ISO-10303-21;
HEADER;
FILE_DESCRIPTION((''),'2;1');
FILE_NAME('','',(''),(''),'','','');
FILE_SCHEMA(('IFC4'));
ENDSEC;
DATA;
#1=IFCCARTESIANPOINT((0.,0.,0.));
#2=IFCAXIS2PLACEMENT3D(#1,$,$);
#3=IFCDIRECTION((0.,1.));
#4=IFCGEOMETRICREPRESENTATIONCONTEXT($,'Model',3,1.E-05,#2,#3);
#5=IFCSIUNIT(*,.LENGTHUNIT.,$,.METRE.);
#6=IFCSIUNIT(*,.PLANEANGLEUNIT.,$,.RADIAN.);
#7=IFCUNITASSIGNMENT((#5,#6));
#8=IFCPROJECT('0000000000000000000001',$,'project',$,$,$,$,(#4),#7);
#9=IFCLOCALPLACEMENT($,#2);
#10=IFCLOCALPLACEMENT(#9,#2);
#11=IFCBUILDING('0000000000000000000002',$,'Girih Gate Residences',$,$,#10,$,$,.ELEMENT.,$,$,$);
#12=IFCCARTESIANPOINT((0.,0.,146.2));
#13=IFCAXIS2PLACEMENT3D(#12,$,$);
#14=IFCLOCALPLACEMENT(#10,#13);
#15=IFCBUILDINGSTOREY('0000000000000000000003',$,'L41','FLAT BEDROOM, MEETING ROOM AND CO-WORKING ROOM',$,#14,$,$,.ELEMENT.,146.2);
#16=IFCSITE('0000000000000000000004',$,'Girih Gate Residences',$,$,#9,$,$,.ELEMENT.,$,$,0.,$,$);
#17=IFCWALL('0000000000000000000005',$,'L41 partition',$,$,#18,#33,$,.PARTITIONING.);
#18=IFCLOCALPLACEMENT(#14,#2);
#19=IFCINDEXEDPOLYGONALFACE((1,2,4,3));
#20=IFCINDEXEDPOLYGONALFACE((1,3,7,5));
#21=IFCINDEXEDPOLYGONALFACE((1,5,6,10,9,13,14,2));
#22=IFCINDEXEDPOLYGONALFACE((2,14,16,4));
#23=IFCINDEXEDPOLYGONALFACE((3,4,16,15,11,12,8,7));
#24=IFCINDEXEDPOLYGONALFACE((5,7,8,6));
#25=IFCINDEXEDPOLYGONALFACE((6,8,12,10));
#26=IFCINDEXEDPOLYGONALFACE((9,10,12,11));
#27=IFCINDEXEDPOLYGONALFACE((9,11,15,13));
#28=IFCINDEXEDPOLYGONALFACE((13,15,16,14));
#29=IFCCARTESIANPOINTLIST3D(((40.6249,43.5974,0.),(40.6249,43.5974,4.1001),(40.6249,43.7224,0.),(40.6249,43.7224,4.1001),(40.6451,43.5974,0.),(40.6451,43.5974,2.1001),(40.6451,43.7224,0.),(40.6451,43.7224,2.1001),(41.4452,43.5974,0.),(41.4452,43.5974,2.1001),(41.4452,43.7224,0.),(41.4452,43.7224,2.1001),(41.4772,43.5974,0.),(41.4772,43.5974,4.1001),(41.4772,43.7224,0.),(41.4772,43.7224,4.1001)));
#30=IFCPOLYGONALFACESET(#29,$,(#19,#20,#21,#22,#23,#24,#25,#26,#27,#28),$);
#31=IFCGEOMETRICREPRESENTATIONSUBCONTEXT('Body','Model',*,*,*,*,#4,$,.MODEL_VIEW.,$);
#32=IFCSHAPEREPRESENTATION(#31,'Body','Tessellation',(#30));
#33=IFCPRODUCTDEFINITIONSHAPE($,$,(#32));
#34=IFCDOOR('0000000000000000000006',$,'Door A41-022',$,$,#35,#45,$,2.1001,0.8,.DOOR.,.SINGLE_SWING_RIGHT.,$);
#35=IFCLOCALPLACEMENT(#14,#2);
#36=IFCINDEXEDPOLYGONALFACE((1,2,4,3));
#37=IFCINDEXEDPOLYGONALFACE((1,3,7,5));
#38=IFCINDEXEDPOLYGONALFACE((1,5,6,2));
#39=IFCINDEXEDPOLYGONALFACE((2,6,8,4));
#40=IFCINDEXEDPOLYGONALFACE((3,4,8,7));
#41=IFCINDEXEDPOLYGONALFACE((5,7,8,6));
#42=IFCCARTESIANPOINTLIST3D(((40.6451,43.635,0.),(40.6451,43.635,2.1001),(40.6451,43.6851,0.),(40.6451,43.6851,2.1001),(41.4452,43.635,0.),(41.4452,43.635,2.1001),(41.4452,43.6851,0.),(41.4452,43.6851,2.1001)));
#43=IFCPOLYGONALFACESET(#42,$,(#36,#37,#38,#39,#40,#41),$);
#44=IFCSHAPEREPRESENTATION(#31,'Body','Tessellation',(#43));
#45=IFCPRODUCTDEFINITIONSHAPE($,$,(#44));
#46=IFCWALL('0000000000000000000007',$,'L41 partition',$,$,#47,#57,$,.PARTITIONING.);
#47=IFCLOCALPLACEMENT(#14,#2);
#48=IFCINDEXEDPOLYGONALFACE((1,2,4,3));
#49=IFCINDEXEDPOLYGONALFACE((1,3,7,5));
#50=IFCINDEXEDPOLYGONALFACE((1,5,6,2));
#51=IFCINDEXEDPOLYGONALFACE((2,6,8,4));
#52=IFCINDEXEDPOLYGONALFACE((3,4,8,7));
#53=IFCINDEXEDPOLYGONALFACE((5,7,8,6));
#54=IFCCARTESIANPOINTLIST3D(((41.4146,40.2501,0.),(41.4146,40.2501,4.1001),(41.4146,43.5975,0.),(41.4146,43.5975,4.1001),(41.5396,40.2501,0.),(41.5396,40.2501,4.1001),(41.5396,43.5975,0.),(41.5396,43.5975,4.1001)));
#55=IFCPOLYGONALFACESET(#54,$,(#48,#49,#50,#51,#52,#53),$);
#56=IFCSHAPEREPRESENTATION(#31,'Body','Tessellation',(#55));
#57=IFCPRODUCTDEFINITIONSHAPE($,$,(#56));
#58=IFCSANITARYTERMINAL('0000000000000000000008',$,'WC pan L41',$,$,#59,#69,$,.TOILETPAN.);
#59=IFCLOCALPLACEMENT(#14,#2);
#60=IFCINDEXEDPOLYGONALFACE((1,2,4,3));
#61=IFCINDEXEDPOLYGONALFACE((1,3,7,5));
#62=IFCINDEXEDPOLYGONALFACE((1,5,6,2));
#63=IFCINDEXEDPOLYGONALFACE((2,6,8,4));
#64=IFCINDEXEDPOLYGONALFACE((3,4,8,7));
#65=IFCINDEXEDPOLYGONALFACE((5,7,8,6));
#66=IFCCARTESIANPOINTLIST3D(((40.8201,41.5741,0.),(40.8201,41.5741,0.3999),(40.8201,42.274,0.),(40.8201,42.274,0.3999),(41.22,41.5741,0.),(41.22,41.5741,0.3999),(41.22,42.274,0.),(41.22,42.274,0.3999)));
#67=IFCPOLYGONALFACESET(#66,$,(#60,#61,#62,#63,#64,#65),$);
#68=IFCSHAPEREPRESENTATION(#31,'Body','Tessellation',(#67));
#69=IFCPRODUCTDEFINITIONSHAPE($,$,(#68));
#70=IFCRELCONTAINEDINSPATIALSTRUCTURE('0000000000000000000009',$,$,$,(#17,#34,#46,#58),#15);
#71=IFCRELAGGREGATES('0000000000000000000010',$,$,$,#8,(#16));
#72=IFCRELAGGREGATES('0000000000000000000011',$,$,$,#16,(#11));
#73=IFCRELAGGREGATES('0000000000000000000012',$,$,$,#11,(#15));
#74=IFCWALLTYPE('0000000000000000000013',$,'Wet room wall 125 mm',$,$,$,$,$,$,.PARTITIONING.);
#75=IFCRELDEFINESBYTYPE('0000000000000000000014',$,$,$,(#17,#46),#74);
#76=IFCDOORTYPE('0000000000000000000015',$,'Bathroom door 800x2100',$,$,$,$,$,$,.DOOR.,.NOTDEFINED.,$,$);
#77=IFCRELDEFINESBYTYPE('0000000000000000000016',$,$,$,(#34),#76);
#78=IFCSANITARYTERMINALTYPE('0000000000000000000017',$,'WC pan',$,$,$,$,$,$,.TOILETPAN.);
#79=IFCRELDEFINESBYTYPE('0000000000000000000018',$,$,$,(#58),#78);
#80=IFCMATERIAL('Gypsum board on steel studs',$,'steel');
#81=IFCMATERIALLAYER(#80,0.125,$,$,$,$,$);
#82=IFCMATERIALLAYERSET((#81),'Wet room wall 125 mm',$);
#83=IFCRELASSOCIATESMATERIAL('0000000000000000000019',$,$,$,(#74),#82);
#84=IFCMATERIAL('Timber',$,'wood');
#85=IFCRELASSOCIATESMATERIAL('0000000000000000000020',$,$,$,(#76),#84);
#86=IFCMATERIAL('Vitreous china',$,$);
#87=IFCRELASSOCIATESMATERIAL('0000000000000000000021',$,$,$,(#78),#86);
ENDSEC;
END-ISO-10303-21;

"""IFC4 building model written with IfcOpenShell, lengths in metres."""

from ifc_helpers import new_model, si_unit, direction, frame, frame_2d, origin, origin_2d, place, context, subcontext, project, spatial, rectangle, extrude, material, layer, layer_set, type_object, element, fill, save


model = new_model("IFC4")

# Units and contexts
model_context = context("Model", 3, precision=1e-05, world=origin(), true_north=direction((0.0, 1.0)))
body_context = subcontext(model_context, "Body", "Model", "MODEL_VIEW")
ifc_project = project(units=[si_unit("LENGTHUNIT", "METRE"), si_unit("PLANEANGLEUNIT", "RADIAN")], contexts=[model_context])

# Site, building, storey
site_placement = place(None, origin())
site = spatial("IfcSite", under=ifc_project, at=site_placement, Name="Girih Gate Residences", CompositionType="ELEMENT", RefElevation=0.0)
building_placement = place(site_placement, origin())
building = spatial("IfcBuilding", under=site, at=building_placement, Name="Girih Gate Residences", CompositionType="ELEMENT")
storey_placement = place(building_placement, frame((0.0, 0.0, 146.2)))
storey = spatial("IfcBuildingStorey", under=building, at=storey_placement, Name="L41", Description="FLAT BEDROOM, MEETING ROOM AND CO-WORKING ROOM", CompositionType="ELEMENT", Elevation=146.2)

# Shared definitions
ifc_material_1 = material(Name="Gypsum board on steel studs", Category="steel")

# Shared definitions
ifc_material_2 = material(Name="Timber", Category="wood")

# Wall, opening, door
ifc_layer_1 = layer(ifc_material_1, 0.125)
ifc_layer_set_1 = layer_set([ifc_layer_1], Name="Wet room wall 125 mm")
wall_type_1 = type_object("IfcWallType", Name="Wet room wall 125 mm", PredefinedType="PARTITIONING", material=ifc_layer_set_1)
wall_1_placement = place(storey_placement, frame((41.4773, 43.6599, 0.0), z_axis=(0.0, 0.0, 1.0), x_axis=(-1.0, 0.0, 0.0)))
wall_1 = element("IfcWall", 1, at=wall_1_placement, inside=storey, type_object=wall_type_1, Name="L41 partition", PredefinedType="PARTITIONING", context=body_context, shape_type="SweptSolid", body=[
    extrude(rectangle(XDim=0.8523, YDim=0.125, at=frame_2d((0.4263, 0.0))), origin(), (0.0, 0.0, 1.0), 4.1001),
])
opening_1_placement = place(wall_1_placement, frame((0.0322, 0.0, 0.0)))
opening_1 = element("IfcOpeningElement", 2, at=opening_1_placement, cuts=wall_1, PredefinedType="OPENING", context=body_context, shape_type="SweptSolid", body=[
    extrude(rectangle(XDim=0.8, YDim=2.1001, at=frame_2d((0.3999, 1.05))), frame((0.0, 0.0725, 0.0), z_axis=(0.0, -1.0, 0.0), x_axis=(1.0, 0.0, 0.0)), (0.0, 0.0, 1.0), 0.145),
])
door_type_1 = type_object("IfcDoorType", Name="Bathroom door 800x2100", OperationType="NOTDEFINED", PredefinedType="DOOR", material=ifc_material_2)
door_1_placement = place(opening_1_placement, origin())
door_1 = element("IfcDoor", 3, at=door_1_placement, inside=storey, type_object=door_type_1, Name="Door A41-022", OperationType="SINGLE_SWING_RIGHT", OverallHeight=2.1001, OverallWidth=0.8, PredefinedType="DOOR", context=body_context, shape_type="SweptSolid", body=[
    extrude(rectangle(XDim=0.8, YDim=2.1001, at=frame_2d((0.3999, 1.05))), frame((0.0, 0.0249, 0.0), z_axis=(0.0, -1.0, 0.0), x_axis=(1.0, 0.0, 0.0)), (0.0, 0.0, 1.0), 0.05),
])
fill(opening_1, door_1)

# Wall
wall_2_placement = place(storey_placement, frame((41.4771, 40.25, 0.0), z_axis=(0.0, 0.0, 1.0), x_axis=(0.0, 1.0, 0.0)))
element("IfcWall", 4, at=wall_2_placement, inside=storey, type_object=wall_type_1, Name="L41 partition", PredefinedType="PARTITIONING", context=body_context, shape_type="SweptSolid", body=[
    extrude(rectangle(XDim=3.3474, YDim=0.125, at=frame_2d((1.6738, 0.0))), origin(), (0.0, 0.0, 1.0), 4.1001),
])

# Sanitary terminal
ifc_material_3 = material(Name="Vitreous china")
sanitary_terminal_type = type_object("IfcSanitaryTerminalType", Name="WC pan", PredefinedType="TOILETPAN", material=ifc_material_3)
sanitary_terminal_placement = place(storey_placement, frame((41.02, 41.9241, 0.0), z_axis=(0.0, 0.0, 1.0), x_axis=(1.0, 0.0, 0.0)))
element("IfcSanitaryTerminal", 5, at=sanitary_terminal_placement, inside=storey, type_object=sanitary_terminal_type, Name="WC pan L41", PredefinedType="TOILETPAN", context=body_context, shape_type="SweptSolid", body=[
    extrude(rectangle(XDim=0.3999, YDim=0.7, at=origin_2d()), origin(), (0.0, 0.0, 1.0), 0.3999),
])

save(model, "model.ifc")
